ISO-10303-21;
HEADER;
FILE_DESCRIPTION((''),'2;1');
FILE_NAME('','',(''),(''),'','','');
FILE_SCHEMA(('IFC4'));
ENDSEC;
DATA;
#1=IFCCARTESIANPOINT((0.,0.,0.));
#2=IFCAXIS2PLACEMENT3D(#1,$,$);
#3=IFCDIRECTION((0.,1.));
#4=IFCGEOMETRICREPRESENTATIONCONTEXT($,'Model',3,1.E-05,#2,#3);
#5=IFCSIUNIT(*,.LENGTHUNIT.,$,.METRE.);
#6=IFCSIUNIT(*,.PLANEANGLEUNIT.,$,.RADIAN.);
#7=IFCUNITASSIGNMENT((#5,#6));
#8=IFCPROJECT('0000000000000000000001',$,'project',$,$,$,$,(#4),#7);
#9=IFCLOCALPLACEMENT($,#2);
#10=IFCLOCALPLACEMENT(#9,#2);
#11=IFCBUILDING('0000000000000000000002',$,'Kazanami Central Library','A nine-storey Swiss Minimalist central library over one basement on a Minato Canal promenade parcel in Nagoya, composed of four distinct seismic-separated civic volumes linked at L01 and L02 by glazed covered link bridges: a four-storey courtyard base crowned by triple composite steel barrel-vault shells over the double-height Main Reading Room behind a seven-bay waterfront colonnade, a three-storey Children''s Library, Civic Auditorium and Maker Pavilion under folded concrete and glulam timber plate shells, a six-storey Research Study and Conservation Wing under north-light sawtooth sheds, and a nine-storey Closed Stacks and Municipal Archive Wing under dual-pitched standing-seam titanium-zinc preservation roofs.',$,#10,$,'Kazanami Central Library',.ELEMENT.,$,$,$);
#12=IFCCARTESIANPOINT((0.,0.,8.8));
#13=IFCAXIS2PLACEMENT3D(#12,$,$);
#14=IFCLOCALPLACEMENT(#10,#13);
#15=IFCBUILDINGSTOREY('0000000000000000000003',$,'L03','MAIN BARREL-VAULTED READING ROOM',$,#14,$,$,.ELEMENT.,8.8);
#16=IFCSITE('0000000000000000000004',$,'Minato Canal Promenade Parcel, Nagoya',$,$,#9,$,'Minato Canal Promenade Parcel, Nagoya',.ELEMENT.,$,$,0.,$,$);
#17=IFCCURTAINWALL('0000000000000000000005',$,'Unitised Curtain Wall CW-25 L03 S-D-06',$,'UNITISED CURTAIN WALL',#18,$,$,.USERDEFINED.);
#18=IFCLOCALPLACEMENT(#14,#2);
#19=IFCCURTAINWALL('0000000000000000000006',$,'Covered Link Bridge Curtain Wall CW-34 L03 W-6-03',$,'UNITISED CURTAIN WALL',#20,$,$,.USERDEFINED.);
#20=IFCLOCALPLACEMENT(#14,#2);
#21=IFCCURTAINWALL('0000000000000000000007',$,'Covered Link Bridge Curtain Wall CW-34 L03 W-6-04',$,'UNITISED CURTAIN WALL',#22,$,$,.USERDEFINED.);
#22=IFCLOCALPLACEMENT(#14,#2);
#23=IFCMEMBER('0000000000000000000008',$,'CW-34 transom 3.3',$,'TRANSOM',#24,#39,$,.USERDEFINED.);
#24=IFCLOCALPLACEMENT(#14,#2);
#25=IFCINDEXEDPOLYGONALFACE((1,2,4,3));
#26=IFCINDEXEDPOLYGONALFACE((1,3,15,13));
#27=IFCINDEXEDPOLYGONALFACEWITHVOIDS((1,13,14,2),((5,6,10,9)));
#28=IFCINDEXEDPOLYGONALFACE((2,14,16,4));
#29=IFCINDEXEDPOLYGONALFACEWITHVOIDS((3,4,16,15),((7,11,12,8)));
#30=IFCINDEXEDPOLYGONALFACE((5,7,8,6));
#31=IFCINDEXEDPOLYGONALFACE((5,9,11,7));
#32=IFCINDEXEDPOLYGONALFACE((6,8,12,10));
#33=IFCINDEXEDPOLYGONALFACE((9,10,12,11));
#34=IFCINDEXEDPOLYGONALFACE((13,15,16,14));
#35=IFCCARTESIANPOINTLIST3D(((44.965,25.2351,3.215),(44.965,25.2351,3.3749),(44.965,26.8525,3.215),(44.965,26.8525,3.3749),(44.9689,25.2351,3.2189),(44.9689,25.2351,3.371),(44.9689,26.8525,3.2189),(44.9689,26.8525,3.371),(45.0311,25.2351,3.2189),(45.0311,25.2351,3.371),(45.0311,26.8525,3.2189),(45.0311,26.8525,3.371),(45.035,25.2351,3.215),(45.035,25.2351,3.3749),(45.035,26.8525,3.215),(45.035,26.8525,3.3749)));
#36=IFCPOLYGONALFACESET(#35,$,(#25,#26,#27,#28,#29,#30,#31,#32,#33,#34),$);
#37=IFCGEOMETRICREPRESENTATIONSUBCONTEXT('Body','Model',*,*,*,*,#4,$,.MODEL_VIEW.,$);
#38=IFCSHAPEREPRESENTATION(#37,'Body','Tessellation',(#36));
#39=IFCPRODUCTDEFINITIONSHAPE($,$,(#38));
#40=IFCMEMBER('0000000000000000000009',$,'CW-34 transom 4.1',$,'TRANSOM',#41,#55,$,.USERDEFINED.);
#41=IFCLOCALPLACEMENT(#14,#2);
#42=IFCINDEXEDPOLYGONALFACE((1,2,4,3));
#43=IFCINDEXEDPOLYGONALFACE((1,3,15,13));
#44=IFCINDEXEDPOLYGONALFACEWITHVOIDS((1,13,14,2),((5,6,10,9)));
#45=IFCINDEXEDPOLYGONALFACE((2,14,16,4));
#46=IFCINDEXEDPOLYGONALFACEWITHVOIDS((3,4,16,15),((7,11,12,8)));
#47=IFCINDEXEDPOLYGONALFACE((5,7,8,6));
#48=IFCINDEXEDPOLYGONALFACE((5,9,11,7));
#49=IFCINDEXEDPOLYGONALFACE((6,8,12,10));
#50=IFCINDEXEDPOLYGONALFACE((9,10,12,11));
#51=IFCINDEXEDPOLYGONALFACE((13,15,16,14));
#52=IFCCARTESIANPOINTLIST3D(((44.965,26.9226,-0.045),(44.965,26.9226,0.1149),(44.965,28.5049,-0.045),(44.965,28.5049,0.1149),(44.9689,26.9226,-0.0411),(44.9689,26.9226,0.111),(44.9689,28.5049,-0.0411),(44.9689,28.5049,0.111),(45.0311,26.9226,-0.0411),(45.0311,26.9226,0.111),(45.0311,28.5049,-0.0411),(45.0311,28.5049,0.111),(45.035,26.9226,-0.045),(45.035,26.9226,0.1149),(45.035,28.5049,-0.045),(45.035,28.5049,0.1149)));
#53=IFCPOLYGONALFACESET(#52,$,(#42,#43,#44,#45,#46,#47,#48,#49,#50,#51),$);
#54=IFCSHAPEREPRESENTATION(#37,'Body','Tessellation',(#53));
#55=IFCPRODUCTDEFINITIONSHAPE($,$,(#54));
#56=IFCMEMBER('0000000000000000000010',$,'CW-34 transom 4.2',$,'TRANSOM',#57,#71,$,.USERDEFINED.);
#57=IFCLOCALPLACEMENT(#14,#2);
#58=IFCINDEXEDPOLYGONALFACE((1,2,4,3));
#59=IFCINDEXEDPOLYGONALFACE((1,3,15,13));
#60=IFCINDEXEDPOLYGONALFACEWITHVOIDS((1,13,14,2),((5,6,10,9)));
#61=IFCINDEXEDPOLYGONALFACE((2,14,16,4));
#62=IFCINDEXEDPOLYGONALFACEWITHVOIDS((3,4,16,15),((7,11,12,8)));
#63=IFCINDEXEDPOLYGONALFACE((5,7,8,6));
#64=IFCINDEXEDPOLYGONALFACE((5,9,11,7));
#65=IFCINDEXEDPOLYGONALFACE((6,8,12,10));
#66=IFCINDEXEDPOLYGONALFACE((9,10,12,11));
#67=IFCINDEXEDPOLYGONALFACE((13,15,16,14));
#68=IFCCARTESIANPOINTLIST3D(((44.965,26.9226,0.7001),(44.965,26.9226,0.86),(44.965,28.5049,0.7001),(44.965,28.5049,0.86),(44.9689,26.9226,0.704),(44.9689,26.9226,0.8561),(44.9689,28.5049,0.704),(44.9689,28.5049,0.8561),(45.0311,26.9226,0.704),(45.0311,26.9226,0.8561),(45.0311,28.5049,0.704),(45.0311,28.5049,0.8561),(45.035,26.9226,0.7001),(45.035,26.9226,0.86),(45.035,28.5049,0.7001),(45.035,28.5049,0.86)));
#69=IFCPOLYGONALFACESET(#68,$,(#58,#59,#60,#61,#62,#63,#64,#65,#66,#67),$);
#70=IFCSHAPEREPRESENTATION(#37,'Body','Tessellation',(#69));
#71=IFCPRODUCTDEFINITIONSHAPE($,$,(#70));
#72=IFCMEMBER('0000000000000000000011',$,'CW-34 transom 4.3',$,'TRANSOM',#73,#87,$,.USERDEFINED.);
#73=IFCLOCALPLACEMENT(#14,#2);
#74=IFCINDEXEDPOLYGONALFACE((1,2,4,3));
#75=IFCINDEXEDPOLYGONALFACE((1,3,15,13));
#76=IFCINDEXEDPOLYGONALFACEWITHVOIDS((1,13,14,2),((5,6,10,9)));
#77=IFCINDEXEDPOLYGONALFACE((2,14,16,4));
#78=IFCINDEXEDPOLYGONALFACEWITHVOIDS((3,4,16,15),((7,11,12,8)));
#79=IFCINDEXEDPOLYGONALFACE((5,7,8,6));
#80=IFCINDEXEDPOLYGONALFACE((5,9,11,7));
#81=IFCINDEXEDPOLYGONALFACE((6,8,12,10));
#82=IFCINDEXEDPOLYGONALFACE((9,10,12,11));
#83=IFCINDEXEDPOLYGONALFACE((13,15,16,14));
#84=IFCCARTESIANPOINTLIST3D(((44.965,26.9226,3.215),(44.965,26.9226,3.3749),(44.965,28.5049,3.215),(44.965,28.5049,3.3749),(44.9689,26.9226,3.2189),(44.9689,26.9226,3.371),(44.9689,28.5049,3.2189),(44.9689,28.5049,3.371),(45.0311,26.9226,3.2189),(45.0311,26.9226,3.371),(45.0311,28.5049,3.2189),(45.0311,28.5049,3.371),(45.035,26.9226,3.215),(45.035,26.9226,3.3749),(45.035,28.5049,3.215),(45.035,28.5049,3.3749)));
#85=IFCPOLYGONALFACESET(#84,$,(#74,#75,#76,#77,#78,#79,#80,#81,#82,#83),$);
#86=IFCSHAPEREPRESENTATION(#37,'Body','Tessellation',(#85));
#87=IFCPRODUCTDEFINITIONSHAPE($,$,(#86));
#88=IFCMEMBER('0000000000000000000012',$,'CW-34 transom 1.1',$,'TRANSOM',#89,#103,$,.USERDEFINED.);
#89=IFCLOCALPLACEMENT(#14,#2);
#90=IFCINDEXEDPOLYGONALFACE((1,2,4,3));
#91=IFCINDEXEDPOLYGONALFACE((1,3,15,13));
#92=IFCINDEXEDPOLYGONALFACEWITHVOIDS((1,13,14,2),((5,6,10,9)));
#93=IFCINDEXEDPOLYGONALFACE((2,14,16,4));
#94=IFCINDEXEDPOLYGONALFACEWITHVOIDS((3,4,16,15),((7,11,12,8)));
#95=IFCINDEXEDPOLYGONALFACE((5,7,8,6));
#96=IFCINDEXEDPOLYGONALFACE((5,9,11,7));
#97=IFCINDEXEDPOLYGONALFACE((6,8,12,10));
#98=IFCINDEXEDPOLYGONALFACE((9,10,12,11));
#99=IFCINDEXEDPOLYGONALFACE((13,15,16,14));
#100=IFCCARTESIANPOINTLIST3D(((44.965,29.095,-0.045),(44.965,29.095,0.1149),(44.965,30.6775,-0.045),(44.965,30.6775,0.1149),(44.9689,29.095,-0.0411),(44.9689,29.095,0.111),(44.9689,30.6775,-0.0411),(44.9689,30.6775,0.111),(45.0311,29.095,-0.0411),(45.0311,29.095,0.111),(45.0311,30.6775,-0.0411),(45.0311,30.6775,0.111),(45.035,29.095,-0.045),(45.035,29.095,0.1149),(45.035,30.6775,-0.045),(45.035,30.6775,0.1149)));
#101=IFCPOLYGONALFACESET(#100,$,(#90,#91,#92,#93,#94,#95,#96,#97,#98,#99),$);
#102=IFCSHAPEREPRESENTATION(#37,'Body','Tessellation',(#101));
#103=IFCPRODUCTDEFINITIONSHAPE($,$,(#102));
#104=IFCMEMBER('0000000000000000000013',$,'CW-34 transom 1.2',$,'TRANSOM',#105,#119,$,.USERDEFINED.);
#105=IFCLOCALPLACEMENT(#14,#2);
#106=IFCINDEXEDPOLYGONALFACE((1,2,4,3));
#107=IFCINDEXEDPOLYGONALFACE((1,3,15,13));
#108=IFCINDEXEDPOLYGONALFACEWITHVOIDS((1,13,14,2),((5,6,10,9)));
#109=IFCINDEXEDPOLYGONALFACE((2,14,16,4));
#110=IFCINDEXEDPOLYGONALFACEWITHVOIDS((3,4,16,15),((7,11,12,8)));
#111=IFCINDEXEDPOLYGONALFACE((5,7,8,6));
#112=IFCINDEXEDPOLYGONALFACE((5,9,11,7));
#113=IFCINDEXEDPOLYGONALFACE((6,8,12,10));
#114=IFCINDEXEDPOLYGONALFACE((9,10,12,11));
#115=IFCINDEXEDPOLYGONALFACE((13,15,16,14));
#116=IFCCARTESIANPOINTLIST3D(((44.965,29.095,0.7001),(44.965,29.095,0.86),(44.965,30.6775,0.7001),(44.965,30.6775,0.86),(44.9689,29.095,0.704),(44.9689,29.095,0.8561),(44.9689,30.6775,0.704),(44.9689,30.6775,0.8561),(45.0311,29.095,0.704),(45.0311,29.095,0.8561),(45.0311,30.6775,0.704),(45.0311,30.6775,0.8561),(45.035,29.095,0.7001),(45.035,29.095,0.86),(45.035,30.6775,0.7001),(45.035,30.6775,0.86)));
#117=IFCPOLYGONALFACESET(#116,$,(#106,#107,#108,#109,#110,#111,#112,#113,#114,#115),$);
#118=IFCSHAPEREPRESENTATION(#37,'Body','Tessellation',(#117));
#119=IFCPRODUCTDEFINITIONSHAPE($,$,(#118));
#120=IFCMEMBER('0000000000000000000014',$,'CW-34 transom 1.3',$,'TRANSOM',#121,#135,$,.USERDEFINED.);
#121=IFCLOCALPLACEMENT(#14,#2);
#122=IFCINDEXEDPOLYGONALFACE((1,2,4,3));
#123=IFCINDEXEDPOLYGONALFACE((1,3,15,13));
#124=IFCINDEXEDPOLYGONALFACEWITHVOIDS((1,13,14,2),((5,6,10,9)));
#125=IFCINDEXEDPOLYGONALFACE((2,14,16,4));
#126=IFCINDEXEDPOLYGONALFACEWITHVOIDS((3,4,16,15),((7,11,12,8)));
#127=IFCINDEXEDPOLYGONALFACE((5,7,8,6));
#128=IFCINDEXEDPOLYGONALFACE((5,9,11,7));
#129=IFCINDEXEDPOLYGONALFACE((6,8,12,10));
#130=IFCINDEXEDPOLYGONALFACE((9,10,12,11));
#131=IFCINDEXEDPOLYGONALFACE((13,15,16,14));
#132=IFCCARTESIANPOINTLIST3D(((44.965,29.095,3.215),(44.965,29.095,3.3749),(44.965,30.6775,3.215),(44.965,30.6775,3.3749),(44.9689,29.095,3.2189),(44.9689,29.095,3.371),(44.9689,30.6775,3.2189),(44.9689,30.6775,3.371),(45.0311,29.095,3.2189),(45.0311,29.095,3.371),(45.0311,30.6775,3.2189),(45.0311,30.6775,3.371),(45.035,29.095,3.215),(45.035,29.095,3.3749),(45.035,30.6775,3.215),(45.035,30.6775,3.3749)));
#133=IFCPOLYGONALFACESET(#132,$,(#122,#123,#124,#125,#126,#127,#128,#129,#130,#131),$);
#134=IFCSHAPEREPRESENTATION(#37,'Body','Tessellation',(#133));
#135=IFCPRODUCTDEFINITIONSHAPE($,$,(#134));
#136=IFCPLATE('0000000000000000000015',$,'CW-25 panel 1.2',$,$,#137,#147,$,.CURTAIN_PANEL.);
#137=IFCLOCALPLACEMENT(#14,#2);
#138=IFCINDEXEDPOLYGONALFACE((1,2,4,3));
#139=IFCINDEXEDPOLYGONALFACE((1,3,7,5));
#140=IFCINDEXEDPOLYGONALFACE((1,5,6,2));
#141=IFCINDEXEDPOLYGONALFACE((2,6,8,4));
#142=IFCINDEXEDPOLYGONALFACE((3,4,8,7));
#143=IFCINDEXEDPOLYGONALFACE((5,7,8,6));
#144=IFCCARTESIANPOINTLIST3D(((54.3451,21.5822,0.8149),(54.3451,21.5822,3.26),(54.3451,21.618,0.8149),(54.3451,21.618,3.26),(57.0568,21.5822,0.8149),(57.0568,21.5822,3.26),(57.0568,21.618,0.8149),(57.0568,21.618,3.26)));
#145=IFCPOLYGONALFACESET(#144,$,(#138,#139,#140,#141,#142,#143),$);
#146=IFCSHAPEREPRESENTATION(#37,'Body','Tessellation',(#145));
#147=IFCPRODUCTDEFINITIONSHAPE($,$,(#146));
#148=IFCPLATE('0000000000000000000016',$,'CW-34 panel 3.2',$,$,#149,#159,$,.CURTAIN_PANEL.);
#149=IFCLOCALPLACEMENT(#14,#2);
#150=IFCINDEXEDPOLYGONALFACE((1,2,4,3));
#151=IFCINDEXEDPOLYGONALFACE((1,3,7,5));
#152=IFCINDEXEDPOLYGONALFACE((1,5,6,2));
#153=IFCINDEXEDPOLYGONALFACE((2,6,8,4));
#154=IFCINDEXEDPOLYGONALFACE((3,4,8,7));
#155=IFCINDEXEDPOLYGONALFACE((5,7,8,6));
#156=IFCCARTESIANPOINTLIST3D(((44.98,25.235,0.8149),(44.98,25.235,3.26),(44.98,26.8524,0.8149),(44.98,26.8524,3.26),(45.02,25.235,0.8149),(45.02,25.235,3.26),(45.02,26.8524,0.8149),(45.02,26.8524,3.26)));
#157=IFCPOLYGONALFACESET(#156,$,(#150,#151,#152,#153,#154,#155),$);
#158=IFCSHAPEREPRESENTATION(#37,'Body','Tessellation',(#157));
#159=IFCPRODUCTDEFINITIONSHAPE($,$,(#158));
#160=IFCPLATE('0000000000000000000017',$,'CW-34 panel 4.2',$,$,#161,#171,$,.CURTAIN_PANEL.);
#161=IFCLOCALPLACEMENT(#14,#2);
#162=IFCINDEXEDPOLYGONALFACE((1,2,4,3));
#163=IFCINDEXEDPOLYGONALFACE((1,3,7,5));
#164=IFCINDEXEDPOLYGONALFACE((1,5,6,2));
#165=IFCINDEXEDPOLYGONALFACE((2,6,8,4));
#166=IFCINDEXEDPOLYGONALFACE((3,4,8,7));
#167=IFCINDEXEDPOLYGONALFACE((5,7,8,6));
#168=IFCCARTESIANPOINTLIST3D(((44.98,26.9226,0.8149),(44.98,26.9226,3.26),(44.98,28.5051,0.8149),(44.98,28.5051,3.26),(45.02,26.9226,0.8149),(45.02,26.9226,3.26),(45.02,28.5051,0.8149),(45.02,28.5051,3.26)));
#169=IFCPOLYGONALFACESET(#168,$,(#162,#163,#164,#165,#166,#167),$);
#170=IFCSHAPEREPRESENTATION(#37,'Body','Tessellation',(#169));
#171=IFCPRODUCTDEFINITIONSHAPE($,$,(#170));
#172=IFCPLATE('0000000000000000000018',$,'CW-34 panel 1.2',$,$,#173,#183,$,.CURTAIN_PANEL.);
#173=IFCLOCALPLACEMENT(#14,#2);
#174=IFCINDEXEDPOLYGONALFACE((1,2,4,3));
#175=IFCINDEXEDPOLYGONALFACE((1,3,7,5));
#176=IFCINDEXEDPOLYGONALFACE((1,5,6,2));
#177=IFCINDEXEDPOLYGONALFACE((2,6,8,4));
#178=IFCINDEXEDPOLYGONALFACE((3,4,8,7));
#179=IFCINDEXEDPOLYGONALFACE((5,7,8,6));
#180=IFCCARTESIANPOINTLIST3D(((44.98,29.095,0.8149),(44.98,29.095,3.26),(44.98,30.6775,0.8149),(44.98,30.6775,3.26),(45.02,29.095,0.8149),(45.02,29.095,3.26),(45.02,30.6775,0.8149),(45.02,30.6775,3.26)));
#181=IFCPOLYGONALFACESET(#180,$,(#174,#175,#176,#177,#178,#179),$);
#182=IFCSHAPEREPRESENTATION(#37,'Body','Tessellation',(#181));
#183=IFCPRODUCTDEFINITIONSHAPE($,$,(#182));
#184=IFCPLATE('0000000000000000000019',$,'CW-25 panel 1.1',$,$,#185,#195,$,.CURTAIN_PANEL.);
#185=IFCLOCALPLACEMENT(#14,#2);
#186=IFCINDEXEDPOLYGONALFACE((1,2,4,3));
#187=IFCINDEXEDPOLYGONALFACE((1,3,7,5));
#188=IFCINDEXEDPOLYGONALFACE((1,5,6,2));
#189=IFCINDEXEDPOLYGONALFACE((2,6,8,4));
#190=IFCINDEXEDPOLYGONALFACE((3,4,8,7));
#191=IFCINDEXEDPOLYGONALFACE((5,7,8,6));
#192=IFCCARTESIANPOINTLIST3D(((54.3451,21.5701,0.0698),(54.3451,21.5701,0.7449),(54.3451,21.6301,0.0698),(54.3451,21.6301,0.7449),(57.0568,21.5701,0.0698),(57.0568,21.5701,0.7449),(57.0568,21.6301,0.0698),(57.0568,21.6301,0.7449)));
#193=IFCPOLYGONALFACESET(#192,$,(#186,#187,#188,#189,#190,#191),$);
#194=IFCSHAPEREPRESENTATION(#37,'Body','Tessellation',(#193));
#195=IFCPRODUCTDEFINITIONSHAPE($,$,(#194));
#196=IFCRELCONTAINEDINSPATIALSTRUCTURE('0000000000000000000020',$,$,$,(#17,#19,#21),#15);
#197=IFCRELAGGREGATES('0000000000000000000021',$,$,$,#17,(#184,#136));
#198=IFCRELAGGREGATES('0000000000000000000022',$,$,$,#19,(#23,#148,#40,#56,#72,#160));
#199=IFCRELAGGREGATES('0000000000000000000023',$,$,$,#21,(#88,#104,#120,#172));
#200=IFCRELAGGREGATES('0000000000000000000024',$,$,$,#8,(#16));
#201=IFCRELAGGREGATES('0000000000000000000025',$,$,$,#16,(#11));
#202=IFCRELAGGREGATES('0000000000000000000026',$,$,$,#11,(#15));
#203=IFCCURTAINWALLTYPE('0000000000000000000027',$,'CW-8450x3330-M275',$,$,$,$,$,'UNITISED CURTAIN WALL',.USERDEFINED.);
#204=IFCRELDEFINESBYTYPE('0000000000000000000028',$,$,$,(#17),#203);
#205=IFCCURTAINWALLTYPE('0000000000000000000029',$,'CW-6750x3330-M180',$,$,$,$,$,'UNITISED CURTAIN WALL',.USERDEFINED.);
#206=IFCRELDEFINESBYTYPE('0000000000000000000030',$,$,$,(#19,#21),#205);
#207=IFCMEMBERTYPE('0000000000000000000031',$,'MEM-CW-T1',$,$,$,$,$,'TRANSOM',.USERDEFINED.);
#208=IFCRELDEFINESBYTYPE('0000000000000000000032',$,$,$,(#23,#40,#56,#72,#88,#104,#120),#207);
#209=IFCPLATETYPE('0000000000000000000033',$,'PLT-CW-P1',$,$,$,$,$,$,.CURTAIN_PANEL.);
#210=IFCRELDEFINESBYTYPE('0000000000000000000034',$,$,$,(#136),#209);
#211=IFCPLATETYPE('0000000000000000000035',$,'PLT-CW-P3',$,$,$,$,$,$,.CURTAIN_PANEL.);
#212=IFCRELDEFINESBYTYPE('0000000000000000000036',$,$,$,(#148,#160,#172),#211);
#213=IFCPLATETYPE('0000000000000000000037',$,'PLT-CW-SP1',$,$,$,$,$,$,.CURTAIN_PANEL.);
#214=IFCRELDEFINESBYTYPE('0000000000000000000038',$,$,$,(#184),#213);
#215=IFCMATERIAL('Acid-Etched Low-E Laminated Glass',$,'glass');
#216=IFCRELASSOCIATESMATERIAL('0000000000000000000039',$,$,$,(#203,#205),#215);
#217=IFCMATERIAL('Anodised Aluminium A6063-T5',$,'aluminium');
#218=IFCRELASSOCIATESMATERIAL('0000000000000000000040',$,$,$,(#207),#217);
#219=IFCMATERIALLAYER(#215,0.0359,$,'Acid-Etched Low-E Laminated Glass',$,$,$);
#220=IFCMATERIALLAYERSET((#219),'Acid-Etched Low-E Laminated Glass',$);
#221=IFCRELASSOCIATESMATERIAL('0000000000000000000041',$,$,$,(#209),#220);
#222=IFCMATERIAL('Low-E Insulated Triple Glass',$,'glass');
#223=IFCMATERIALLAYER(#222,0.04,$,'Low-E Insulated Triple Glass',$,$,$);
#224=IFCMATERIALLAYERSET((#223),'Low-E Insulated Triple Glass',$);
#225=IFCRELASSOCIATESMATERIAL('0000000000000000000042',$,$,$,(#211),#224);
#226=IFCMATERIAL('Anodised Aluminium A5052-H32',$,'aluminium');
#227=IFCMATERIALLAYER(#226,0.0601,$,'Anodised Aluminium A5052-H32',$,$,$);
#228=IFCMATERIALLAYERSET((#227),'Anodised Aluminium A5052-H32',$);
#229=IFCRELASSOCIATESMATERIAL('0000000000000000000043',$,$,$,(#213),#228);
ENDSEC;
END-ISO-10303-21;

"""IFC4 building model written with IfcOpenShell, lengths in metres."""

from ifc_helpers import new_model, si_unit, direction, frame, origin, origin_2d, place, context, subcontext, project, spatial, rectangle, hollow_rectangle, extrude, material, layer, layer_set, material_profile, profile_set, type_object, element, aggregate, save


model = new_model("IFC4")

# Units and contexts
model_context = context("Model", 3, precision=1e-05, world=origin(), true_north=direction((0.0, 1.0)))
body_context = subcontext(model_context, "Body", "Model", "MODEL_VIEW")
ifc_project = project(units=[si_unit("LENGTHUNIT", "METRE"), si_unit("PLANEANGLEUNIT", "RADIAN")], contexts=[model_context])

# Site, building, storey
site_placement = place(None, origin())
site = spatial("IfcSite", under=ifc_project, at=site_placement, Name="Minato Canal Promenade Parcel, Nagoya", LongName="Minato Canal Promenade Parcel, Nagoya", CompositionType="ELEMENT", RefElevation=0.0)
building_placement = place(site_placement, origin())
building = spatial("IfcBuilding", under=site, at=building_placement, Name="Kazanami Central Library", Description="A nine-storey Swiss Minimalist central library over one basement on a Minato Canal promenade parcel in Nagoya, composed of four distinct seismic-separated civic volumes linked at L01 and L02 by glazed covered link bridges: a four-storey courtyard base crowned by triple composite steel barrel-vault shells over the double-height Main Reading Room behind a seven-bay waterfront colonnade, a three-storey Children's Library, Civic Auditorium and Maker Pavilion under folded concrete and glulam timber plate shells, a six-storey Research Study and Conservation Wing under north-light sawtooth sheds, and a nine-storey Closed Stacks and Municipal Archive Wing under dual-pitched standing-seam titanium-zinc preservation roofs.", LongName="Kazanami Central Library", CompositionType="ELEMENT")
storey_placement = place(building_placement, frame((0.0, 0.0, 8.8)))
storey = spatial("IfcBuildingStorey", under=building, at=storey_placement, Name="L03", Description="MAIN BARREL-VAULTED READING ROOM", CompositionType="ELEMENT", Elevation=8.8)

# Curtain wall
ifc_material_1 = material(Name="Acid-Etched Low-E Laminated Glass", Category="glass")
curtain_wall_type_1 = type_object("IfcCurtainWallType", Name="CW-8450x3330-M275", ElementType="UNITISED CURTAIN WALL", PredefinedType="USERDEFINED", material=ifc_material_1)
curtain_wall_1_placement = place(storey_placement, origin())
curtain_wall_1 = element("IfcCurtainWall", 1, at=curtain_wall_1_placement, inside=storey, type_object=curtain_wall_type_1, Name="Unitised Curtain Wall CW-25 L03 S-D-06", ObjectType="UNITISED CURTAIN WALL", PredefinedType="USERDEFINED")
ifc_material_2 = material(Name="Anodised Aluminium A6063-T5", Category="aluminium")

# Curtain wall
curtain_wall_type_2 = type_object("IfcCurtainWallType", Name="CW-6750x3330-M180", ElementType="UNITISED CURTAIN WALL", PredefinedType="USERDEFINED", material=ifc_material_1)
curtain_wall_2_placement = place(storey_placement, origin())
curtain_wall_2 = element("IfcCurtainWall", 2, at=curtain_wall_2_placement, inside=storey, type_object=curtain_wall_type_2, Name="Covered Link Bridge Curtain Wall CW-34 L03 W-6-03", ObjectType="UNITISED CURTAIN WALL", PredefinedType="USERDEFINED")

# Curtain wall
curtain_wall_3_placement = place(storey_placement, origin())
curtain_wall_3 = element("IfcCurtainWall", 3, at=curtain_wall_3_placement, inside=storey, type_object=curtain_wall_type_2, Name="Covered Link Bridge Curtain Wall CW-34 L03 W-6-04", ObjectType="UNITISED CURTAIN WALL", PredefinedType="USERDEFINED")

# Members
ifc_material_profile_1 = material_profile(ifc_material_2, hollow_rectangle(XDim=0.0701, YDim=0.1599, WallThickness=0.0039, at=origin_2d()), Name="ALU-TRAN-70x160x4")
ifc_profile_set_1 = profile_set([ifc_material_profile_1], Name="Anodised Aluminium A6063-T5")
member_type_1 = type_object("IfcMemberType", Name="MEM-CW-T1", ElementType="TRANSOM", PredefinedType="USERDEFINED", material=ifc_profile_set_1)
member_1_placement = place(storey_placement, frame((45.0, 25.2351, 3.2949), z_axis=(0.0, 1.0, 0.0), x_axis=(-1.0, 0.0, 0.0)))
member_1 = element("IfcMember", 4, at=member_1_placement, type_object=member_type_1, Name="CW-34 transom 3.3", ObjectType="TRANSOM", PredefinedType="USERDEFINED", context=body_context, shape_type="SweptSolid", body=[
    extrude(hollow_rectangle(XDim=0.0701, YDim=0.1599, WallThickness=0.0039, at=origin_2d()), origin(), (0.0, 0.0, 1.0), 1.6174),
])
member_2_placement = place(storey_placement, frame((45.0, 26.9226, 0.0349), z_axis=(0.0, 1.0, 0.0), x_axis=(-1.0, 0.0, 0.0)))
member_2 = element("IfcMember", 5, at=member_2_placement, type_object=member_type_1, Name="CW-34 transom 4.1", ObjectType="TRANSOM", PredefinedType="USERDEFINED", context=body_context, shape_type="SweptSolid", body=[
    extrude(hollow_rectangle(XDim=0.0701, YDim=0.1599, WallThickness=0.0039, at=origin_2d()), origin(), (0.0, 0.0, 1.0), 1.5823),
])
member_3_placement = place(storey_placement, frame((45.0, 26.9226, 0.78), z_axis=(0.0, 1.0, 0.0), x_axis=(-1.0, 0.0, 0.0)))
member_3 = element("IfcMember", 6, at=member_3_placement, type_object=member_type_1, Name="CW-34 transom 4.2", ObjectType="TRANSOM", PredefinedType="USERDEFINED", context=body_context, shape_type="SweptSolid", body=[
    extrude(hollow_rectangle(XDim=0.0701, YDim=0.1599, WallThickness=0.0039, at=origin_2d()), origin(), (0.0, 0.0, 1.0), 1.5823),
])
member_4_placement = place(storey_placement, frame((45.0, 26.9226, 3.2949), z_axis=(0.0, 1.0, 0.0), x_axis=(-1.0, 0.0, 0.0)))
member_4 = element("IfcMember", 7, at=member_4_placement, type_object=member_type_1, Name="CW-34 transom 4.3", ObjectType="TRANSOM", PredefinedType="USERDEFINED", context=body_context, shape_type="SweptSolid", body=[
    extrude(hollow_rectangle(XDim=0.0701, YDim=0.1599, WallThickness=0.0039, at=origin_2d()), origin(), (0.0, 0.0, 1.0), 1.5823),
])
member_5_placement = place(storey_placement, frame((45.0, 29.095, 0.0349), z_axis=(0.0, 1.0, 0.0), x_axis=(-1.0, 0.0, 0.0)))
member_5 = element("IfcMember", 8, at=member_5_placement, type_object=member_type_1, Name="CW-34 transom 1.1", ObjectType="TRANSOM", PredefinedType="USERDEFINED", context=body_context, shape_type="SweptSolid", body=[
    extrude(hollow_rectangle(XDim=0.0701, YDim=0.1599, WallThickness=0.0039, at=origin_2d()), origin(), (0.0, 0.0, 1.0), 1.5825),
])
member_6_placement = place(storey_placement, frame((45.0, 29.095, 0.78), z_axis=(0.0, 1.0, 0.0), x_axis=(-1.0, 0.0, 0.0)))
member_6 = element("IfcMember", 9, at=member_6_placement, type_object=member_type_1, Name="CW-34 transom 1.2", ObjectType="TRANSOM", PredefinedType="USERDEFINED", context=body_context, shape_type="SweptSolid", body=[
    extrude(hollow_rectangle(XDim=0.0701, YDim=0.1599, WallThickness=0.0039, at=origin_2d()), origin(), (0.0, 0.0, 1.0), 1.5825),
])
member_7_placement = place(storey_placement, frame((45.0, 29.095, 3.2949), z_axis=(0.0, 1.0, 0.0), x_axis=(-1.0, 0.0, 0.0)))
member_7 = element("IfcMember", 10, at=member_7_placement, type_object=member_type_1, Name="CW-34 transom 1.3", ObjectType="TRANSOM", PredefinedType="USERDEFINED", context=body_context, shape_type="SweptSolid", body=[
    extrude(hollow_rectangle(XDim=0.0701, YDim=0.1599, WallThickness=0.0039, at=origin_2d()), origin(), (0.0, 0.0, 1.0), 1.5825),
])

# Plates
ifc_layer_1 = layer(ifc_material_1, 0.0359, Name="Acid-Etched Low-E Laminated Glass")
ifc_layer_set_1 = layer_set([ifc_layer_1], Name="Acid-Etched Low-E Laminated Glass")
plate_type_1 = type_object("IfcPlateType", Name="PLT-CW-P1", PredefinedType="CURTAIN_PANEL", material=ifc_layer_set_1)
plate_1_placement = place(storey_placement, frame((55.7009, 21.6001, 0.8149), z_axis=(0.0, 0.0, 1.0), x_axis=(1.0, 0.0, 0.0)))
plate_1 = element("IfcPlate", 11, at=plate_1_placement, type_object=plate_type_1, Name="CW-25 panel 1.2", PredefinedType="CURTAIN_PANEL", context=body_context, shape_type="SweptSolid", body=[
    extrude(rectangle(XDim=2.7117, YDim=0.0359, at=origin_2d()), origin(), (0.0, 0.0, 1.0), 2.4451),
])
ifc_material_3 = material(Name="Low-E Insulated Triple Glass", Category="glass")
ifc_layer_2 = layer(ifc_material_3, 0.04, Name="Low-E Insulated Triple Glass")
ifc_layer_set_2 = layer_set([ifc_layer_2], Name="Low-E Insulated Triple Glass")
plate_type_2 = type_object("IfcPlateType", Name="PLT-CW-P3", PredefinedType="CURTAIN_PANEL", material=ifc_layer_set_2)
plate_2_placement = place(storey_placement, frame((45.0, 26.0437, 0.8149), z_axis=(0.0, 0.0, 1.0), x_axis=(0.0, 1.0, 0.0)))
plate_2 = element("IfcPlate", 12, at=plate_2_placement, type_object=plate_type_2, Name="CW-34 panel 3.2", PredefinedType="CURTAIN_PANEL", context=body_context, shape_type="SweptSolid", body=[
    extrude(rectangle(XDim=1.6174, YDim=0.04, at=origin_2d()), origin(), (0.0, 0.0, 1.0), 2.4451),
])
plate_3_placement = place(storey_placement, frame((45.0, 27.7139, 0.8149), z_axis=(0.0, 0.0, 1.0), x_axis=(0.0, 1.0, 0.0)))
plate_3 = element("IfcPlate", 13, at=plate_3_placement, type_object=plate_type_2, Name="CW-34 panel 4.2", PredefinedType="CURTAIN_PANEL", context=body_context, shape_type="SweptSolid", body=[
    extrude(rectangle(XDim=1.5825, YDim=0.04, at=origin_2d()), origin(), (0.0, 0.0, 1.0), 2.4451),
])
plate_4_placement = place(storey_placement, frame((45.0, 29.8862, 0.8149), z_axis=(0.0, 0.0, 1.0), x_axis=(0.0, 1.0, 0.0)))
plate_4 = element("IfcPlate", 14, at=plate_4_placement, type_object=plate_type_2, Name="CW-34 panel 1.2", PredefinedType="CURTAIN_PANEL", context=body_context, shape_type="SweptSolid", body=[
    extrude(rectangle(XDim=1.5825, YDim=0.04, at=origin_2d()), origin(), (0.0, 0.0, 1.0), 2.4451),
])
ifc_material_4 = material(Name="Anodised Aluminium A5052-H32", Category="aluminium")
ifc_layer_3 = layer(ifc_material_4, 0.0601, Name="Anodised Aluminium A5052-H32")
ifc_layer_set_3 = layer_set([ifc_layer_3], Name="Anodised Aluminium A5052-H32")
plate_type_3 = type_object("IfcPlateType", Name="PLT-CW-SP1", PredefinedType="CURTAIN_PANEL", material=ifc_layer_set_3)
plate_5_placement = place(storey_placement, frame((55.7009, 21.6001, 0.0698), z_axis=(0.0, 0.0, 1.0), x_axis=(1.0, 0.0, 0.0)))
plate_5 = element("IfcPlate", 15, at=plate_5_placement, type_object=plate_type_3, Name="CW-25 panel 1.1", PredefinedType="CURTAIN_PANEL", context=body_context, shape_type="SweptSolid", body=[
    extrude(rectangle(XDim=2.7117, YDim=0.0601, at=origin_2d()), origin(), (0.0, 0.0, 1.0), 0.675),
])
aggregate(curtain_wall_1, [plate_5, plate_1])
aggregate(curtain_wall_2, [member_1, plate_2, member_2, member_3, member_4, plate_3])
aggregate(curtain_wall_3, [member_5, member_6, member_7, plate_4])

save(model, "model.ifc")
